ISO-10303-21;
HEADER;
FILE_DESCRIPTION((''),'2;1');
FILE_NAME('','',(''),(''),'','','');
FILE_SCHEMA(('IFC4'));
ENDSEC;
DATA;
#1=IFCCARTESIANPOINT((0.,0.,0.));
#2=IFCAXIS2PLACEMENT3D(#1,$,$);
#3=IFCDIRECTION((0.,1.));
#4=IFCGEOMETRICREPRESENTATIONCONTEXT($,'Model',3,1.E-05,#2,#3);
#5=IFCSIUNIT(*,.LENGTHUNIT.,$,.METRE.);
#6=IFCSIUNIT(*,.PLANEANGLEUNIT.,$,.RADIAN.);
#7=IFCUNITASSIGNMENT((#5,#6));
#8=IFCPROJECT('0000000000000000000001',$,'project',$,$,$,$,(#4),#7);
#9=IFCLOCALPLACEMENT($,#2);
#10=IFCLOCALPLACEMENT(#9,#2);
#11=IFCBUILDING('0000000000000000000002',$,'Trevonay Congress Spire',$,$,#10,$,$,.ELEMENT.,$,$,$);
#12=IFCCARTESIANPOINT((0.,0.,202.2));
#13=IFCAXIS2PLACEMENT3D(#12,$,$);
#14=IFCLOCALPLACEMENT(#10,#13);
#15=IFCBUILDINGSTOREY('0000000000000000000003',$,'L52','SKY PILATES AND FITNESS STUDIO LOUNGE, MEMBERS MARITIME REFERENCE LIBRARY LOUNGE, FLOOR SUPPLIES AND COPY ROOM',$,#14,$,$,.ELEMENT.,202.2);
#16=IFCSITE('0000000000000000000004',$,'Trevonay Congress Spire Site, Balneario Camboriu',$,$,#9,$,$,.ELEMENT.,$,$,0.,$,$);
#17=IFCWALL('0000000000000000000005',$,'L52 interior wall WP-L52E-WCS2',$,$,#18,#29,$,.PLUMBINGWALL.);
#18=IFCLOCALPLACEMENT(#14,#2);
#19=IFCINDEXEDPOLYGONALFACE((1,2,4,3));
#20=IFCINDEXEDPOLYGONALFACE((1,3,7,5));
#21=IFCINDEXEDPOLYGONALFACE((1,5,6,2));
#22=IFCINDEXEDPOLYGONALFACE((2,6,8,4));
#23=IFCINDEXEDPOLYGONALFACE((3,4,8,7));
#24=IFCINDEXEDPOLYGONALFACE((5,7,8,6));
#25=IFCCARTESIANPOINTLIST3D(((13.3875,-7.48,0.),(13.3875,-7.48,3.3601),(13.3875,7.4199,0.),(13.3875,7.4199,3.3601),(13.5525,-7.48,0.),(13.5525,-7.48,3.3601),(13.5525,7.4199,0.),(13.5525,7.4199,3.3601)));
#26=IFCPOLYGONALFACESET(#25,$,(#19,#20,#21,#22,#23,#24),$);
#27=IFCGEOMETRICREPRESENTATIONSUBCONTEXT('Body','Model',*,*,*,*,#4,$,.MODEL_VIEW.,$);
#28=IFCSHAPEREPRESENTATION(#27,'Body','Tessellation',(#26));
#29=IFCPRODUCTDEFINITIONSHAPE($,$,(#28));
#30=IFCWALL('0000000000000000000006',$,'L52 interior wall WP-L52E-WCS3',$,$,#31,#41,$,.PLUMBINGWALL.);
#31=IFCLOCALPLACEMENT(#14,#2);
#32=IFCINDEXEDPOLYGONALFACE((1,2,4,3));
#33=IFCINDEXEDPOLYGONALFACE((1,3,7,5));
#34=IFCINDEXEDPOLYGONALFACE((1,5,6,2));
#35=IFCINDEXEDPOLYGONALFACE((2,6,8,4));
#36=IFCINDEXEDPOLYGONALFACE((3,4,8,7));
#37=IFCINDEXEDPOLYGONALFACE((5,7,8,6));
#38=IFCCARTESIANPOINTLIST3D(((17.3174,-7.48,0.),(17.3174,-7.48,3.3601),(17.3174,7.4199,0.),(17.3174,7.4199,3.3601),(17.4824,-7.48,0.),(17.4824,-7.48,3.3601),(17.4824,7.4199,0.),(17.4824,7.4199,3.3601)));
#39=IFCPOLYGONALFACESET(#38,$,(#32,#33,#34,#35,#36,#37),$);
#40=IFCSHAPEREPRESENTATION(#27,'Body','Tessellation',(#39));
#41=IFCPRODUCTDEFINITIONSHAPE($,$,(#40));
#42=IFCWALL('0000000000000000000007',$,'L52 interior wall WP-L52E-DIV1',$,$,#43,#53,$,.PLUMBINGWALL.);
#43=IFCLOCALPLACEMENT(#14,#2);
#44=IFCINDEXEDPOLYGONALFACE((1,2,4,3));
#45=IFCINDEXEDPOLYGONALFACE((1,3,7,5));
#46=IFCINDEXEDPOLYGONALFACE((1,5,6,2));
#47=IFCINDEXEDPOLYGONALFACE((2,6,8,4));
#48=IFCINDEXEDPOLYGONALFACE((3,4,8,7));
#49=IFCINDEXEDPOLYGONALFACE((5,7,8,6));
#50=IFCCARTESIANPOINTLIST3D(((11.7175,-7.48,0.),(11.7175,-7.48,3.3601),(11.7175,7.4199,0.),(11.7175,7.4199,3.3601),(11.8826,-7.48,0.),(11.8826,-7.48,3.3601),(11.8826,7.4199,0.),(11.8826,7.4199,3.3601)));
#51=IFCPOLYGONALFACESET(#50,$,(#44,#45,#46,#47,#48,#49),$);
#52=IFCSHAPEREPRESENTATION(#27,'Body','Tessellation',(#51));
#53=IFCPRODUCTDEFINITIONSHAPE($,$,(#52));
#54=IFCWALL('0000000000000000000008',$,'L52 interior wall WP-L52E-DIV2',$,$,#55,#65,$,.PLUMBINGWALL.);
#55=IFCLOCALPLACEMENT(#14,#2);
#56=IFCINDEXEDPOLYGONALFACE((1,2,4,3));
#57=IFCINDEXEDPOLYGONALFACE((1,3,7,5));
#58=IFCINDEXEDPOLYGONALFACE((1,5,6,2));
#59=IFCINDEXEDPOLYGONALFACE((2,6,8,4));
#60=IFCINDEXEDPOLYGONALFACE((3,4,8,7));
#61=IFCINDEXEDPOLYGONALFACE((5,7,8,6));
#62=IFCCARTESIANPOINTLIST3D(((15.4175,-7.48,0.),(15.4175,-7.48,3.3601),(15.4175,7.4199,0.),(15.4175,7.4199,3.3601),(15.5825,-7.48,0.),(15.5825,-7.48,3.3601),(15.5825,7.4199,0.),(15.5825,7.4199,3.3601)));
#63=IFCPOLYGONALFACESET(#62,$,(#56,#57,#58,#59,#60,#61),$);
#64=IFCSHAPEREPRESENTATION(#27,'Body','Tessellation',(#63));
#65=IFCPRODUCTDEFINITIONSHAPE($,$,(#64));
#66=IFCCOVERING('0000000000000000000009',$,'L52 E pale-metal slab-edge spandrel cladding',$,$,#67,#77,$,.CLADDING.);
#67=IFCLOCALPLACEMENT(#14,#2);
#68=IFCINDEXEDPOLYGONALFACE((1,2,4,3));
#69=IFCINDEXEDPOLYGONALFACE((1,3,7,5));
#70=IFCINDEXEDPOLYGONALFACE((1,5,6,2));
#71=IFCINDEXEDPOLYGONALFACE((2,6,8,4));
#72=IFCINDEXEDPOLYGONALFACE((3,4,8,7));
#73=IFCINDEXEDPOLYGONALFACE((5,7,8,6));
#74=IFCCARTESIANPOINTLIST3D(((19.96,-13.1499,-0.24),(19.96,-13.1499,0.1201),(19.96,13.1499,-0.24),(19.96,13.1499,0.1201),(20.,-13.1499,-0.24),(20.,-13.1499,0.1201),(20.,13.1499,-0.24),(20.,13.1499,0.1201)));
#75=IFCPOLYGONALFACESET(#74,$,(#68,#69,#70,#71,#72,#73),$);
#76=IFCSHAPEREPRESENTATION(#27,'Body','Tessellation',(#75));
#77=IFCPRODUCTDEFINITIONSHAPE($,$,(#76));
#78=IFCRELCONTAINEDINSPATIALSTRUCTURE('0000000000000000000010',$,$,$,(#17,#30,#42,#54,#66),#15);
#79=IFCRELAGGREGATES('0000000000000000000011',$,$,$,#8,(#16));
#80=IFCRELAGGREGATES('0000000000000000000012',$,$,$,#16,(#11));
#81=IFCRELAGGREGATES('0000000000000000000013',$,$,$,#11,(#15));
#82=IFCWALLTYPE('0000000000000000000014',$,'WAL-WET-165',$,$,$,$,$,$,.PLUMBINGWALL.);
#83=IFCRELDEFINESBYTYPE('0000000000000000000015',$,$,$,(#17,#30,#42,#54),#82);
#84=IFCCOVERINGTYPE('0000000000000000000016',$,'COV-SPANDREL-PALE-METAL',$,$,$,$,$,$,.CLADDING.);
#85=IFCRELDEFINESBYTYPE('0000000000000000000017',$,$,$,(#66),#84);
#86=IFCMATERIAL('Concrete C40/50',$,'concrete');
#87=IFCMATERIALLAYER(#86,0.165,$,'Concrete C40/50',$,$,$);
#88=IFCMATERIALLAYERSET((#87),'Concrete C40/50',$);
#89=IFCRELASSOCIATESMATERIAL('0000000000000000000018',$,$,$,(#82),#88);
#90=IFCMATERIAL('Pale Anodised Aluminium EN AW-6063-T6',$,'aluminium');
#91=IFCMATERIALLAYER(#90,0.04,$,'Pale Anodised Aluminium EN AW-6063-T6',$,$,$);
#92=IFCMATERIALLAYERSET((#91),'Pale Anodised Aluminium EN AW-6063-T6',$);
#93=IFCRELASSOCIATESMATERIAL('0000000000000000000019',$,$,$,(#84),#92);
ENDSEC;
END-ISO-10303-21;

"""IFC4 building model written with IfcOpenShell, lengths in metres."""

from ifc_helpers import new_model, si_unit, direction, frame, frame_2d, origin, place, context, subcontext, project, spatial, rectangle, extrude, material, layer, layer_set, type_object, element, save


model = new_model("IFC4")

# Units and contexts
model_context = context("Model", 3, precision=1e-05, world=origin(), true_north=direction((0.0, 1.0)))
body_context = subcontext(model_context, "Body", "Model", "MODEL_VIEW")
ifc_project = project(units=[si_unit("LENGTHUNIT", "METRE"), si_unit("PLANEANGLEUNIT", "RADIAN")], contexts=[model_context])

# Site, building, storey
site_placement = place(None, origin())
site = spatial("IfcSite", under=ifc_project, at=site_placement, Name="Trevonay Congress Spire Site, Balneario Camboriu", CompositionType="ELEMENT", RefElevation=0.0)
building_placement = place(site_placement, origin())
building = spatial("IfcBuilding", under=site, at=building_placement, Name="Trevonay Congress Spire", CompositionType="ELEMENT")
storey_placement = place(building_placement, frame((0.0, 0.0, 202.2)))
storey = spatial("IfcBuildingStorey", under=building, at=storey_placement, Name="L52", Description="SKY PILATES AND FITNESS STUDIO LOUNGE, MEMBERS MARITIME REFERENCE LIBRARY LOUNGE, FLOOR SUPPLIES AND COPY ROOM", CompositionType="ELEMENT", Elevation=202.2)

# Shared definitions
ifc_material_1 = material(Name="Pale Anodised Aluminium EN AW-6063-T6", Category="aluminium")

# Shared definitions
ifc_material_2 = material(Name="Concrete C40/50", Category="concrete")

# Walls
ifc_layer_1 = layer(ifc_material_2, 0.165, Name="Concrete C40/50")
ifc_layer_set_1 = layer_set([ifc_layer_1], Name="Concrete C40/50")
wall_type_1 = type_object("IfcWallType", Name="WAL-WET-165", PredefinedType="PLUMBINGWALL", material=ifc_layer_set_1)
for number, where, z_axis, x_axis, name in (
    (1, (13.47, -7.48, 0.0), (0.0, 0.0, 1.0), (0.0, 1.0, 0.0), "L52 interior wall WP-L52E-WCS2"),
    (2, (17.3999, -7.48, 0.0), (0.0, 0.0, 1.0), (0.0, 1.0, 0.0), "L52 interior wall WP-L52E-WCS3"),
    (3, (11.8, -7.48, 0.0), (0.0, 0.0, 1.0), (0.0, 1.0, 0.0), "L52 interior wall WP-L52E-DIV1"),
    (4, (15.5, -7.48, 0.0), (0.0, 0.0, 1.0), (0.0, 1.0, 0.0), "L52 interior wall WP-L52E-DIV2"),
):
    element("IfcWall", number, at=place(storey_placement, frame(where, z_axis=z_axis, x_axis=x_axis)), inside=storey, type_object=wall_type_1, Name=name, PredefinedType="PLUMBINGWALL", context=body_context, shape_type="SweptSolid", body=[
        extrude(rectangle(XDim=14.8999, YDim=0.165, at=frame_2d((7.45, 0.0))), origin(), (0.0, 0.0, 1.0), 3.3601),
    ])

# Covering
ifc_layer_2 = layer(ifc_material_1, 0.04, Name="Pale Anodised Aluminium EN AW-6063-T6")
ifc_layer_set_2 = layer_set([ifc_layer_2], Name="Pale Anodised Aluminium EN AW-6063-T6")
covering_type = type_object("IfcCoveringType", Name="COV-SPANDREL-PALE-METAL", PredefinedType="CLADDING", material=ifc_layer_set_2)
covering_placement = place(storey_placement, frame((19.98, -13.1499, -0.24), z_axis=(0.0, 0.0, 1.0), x_axis=(0.0, 1.0, 0.0)))
element("IfcCovering", 5, at=covering_placement, inside=storey, type_object=covering_type, Name="L52 E pale-metal slab-edge spandrel cladding", PredefinedType="CLADDING", context=body_context, shape_type="SweptSolid", body=[
    extrude(rectangle(XDim=26.2998, YDim=0.04, at=frame_2d((13.1499, 0.0))), origin(), (0.0, 0.0, 1.0), 0.3601),
])

save(model, "model.ifc")
